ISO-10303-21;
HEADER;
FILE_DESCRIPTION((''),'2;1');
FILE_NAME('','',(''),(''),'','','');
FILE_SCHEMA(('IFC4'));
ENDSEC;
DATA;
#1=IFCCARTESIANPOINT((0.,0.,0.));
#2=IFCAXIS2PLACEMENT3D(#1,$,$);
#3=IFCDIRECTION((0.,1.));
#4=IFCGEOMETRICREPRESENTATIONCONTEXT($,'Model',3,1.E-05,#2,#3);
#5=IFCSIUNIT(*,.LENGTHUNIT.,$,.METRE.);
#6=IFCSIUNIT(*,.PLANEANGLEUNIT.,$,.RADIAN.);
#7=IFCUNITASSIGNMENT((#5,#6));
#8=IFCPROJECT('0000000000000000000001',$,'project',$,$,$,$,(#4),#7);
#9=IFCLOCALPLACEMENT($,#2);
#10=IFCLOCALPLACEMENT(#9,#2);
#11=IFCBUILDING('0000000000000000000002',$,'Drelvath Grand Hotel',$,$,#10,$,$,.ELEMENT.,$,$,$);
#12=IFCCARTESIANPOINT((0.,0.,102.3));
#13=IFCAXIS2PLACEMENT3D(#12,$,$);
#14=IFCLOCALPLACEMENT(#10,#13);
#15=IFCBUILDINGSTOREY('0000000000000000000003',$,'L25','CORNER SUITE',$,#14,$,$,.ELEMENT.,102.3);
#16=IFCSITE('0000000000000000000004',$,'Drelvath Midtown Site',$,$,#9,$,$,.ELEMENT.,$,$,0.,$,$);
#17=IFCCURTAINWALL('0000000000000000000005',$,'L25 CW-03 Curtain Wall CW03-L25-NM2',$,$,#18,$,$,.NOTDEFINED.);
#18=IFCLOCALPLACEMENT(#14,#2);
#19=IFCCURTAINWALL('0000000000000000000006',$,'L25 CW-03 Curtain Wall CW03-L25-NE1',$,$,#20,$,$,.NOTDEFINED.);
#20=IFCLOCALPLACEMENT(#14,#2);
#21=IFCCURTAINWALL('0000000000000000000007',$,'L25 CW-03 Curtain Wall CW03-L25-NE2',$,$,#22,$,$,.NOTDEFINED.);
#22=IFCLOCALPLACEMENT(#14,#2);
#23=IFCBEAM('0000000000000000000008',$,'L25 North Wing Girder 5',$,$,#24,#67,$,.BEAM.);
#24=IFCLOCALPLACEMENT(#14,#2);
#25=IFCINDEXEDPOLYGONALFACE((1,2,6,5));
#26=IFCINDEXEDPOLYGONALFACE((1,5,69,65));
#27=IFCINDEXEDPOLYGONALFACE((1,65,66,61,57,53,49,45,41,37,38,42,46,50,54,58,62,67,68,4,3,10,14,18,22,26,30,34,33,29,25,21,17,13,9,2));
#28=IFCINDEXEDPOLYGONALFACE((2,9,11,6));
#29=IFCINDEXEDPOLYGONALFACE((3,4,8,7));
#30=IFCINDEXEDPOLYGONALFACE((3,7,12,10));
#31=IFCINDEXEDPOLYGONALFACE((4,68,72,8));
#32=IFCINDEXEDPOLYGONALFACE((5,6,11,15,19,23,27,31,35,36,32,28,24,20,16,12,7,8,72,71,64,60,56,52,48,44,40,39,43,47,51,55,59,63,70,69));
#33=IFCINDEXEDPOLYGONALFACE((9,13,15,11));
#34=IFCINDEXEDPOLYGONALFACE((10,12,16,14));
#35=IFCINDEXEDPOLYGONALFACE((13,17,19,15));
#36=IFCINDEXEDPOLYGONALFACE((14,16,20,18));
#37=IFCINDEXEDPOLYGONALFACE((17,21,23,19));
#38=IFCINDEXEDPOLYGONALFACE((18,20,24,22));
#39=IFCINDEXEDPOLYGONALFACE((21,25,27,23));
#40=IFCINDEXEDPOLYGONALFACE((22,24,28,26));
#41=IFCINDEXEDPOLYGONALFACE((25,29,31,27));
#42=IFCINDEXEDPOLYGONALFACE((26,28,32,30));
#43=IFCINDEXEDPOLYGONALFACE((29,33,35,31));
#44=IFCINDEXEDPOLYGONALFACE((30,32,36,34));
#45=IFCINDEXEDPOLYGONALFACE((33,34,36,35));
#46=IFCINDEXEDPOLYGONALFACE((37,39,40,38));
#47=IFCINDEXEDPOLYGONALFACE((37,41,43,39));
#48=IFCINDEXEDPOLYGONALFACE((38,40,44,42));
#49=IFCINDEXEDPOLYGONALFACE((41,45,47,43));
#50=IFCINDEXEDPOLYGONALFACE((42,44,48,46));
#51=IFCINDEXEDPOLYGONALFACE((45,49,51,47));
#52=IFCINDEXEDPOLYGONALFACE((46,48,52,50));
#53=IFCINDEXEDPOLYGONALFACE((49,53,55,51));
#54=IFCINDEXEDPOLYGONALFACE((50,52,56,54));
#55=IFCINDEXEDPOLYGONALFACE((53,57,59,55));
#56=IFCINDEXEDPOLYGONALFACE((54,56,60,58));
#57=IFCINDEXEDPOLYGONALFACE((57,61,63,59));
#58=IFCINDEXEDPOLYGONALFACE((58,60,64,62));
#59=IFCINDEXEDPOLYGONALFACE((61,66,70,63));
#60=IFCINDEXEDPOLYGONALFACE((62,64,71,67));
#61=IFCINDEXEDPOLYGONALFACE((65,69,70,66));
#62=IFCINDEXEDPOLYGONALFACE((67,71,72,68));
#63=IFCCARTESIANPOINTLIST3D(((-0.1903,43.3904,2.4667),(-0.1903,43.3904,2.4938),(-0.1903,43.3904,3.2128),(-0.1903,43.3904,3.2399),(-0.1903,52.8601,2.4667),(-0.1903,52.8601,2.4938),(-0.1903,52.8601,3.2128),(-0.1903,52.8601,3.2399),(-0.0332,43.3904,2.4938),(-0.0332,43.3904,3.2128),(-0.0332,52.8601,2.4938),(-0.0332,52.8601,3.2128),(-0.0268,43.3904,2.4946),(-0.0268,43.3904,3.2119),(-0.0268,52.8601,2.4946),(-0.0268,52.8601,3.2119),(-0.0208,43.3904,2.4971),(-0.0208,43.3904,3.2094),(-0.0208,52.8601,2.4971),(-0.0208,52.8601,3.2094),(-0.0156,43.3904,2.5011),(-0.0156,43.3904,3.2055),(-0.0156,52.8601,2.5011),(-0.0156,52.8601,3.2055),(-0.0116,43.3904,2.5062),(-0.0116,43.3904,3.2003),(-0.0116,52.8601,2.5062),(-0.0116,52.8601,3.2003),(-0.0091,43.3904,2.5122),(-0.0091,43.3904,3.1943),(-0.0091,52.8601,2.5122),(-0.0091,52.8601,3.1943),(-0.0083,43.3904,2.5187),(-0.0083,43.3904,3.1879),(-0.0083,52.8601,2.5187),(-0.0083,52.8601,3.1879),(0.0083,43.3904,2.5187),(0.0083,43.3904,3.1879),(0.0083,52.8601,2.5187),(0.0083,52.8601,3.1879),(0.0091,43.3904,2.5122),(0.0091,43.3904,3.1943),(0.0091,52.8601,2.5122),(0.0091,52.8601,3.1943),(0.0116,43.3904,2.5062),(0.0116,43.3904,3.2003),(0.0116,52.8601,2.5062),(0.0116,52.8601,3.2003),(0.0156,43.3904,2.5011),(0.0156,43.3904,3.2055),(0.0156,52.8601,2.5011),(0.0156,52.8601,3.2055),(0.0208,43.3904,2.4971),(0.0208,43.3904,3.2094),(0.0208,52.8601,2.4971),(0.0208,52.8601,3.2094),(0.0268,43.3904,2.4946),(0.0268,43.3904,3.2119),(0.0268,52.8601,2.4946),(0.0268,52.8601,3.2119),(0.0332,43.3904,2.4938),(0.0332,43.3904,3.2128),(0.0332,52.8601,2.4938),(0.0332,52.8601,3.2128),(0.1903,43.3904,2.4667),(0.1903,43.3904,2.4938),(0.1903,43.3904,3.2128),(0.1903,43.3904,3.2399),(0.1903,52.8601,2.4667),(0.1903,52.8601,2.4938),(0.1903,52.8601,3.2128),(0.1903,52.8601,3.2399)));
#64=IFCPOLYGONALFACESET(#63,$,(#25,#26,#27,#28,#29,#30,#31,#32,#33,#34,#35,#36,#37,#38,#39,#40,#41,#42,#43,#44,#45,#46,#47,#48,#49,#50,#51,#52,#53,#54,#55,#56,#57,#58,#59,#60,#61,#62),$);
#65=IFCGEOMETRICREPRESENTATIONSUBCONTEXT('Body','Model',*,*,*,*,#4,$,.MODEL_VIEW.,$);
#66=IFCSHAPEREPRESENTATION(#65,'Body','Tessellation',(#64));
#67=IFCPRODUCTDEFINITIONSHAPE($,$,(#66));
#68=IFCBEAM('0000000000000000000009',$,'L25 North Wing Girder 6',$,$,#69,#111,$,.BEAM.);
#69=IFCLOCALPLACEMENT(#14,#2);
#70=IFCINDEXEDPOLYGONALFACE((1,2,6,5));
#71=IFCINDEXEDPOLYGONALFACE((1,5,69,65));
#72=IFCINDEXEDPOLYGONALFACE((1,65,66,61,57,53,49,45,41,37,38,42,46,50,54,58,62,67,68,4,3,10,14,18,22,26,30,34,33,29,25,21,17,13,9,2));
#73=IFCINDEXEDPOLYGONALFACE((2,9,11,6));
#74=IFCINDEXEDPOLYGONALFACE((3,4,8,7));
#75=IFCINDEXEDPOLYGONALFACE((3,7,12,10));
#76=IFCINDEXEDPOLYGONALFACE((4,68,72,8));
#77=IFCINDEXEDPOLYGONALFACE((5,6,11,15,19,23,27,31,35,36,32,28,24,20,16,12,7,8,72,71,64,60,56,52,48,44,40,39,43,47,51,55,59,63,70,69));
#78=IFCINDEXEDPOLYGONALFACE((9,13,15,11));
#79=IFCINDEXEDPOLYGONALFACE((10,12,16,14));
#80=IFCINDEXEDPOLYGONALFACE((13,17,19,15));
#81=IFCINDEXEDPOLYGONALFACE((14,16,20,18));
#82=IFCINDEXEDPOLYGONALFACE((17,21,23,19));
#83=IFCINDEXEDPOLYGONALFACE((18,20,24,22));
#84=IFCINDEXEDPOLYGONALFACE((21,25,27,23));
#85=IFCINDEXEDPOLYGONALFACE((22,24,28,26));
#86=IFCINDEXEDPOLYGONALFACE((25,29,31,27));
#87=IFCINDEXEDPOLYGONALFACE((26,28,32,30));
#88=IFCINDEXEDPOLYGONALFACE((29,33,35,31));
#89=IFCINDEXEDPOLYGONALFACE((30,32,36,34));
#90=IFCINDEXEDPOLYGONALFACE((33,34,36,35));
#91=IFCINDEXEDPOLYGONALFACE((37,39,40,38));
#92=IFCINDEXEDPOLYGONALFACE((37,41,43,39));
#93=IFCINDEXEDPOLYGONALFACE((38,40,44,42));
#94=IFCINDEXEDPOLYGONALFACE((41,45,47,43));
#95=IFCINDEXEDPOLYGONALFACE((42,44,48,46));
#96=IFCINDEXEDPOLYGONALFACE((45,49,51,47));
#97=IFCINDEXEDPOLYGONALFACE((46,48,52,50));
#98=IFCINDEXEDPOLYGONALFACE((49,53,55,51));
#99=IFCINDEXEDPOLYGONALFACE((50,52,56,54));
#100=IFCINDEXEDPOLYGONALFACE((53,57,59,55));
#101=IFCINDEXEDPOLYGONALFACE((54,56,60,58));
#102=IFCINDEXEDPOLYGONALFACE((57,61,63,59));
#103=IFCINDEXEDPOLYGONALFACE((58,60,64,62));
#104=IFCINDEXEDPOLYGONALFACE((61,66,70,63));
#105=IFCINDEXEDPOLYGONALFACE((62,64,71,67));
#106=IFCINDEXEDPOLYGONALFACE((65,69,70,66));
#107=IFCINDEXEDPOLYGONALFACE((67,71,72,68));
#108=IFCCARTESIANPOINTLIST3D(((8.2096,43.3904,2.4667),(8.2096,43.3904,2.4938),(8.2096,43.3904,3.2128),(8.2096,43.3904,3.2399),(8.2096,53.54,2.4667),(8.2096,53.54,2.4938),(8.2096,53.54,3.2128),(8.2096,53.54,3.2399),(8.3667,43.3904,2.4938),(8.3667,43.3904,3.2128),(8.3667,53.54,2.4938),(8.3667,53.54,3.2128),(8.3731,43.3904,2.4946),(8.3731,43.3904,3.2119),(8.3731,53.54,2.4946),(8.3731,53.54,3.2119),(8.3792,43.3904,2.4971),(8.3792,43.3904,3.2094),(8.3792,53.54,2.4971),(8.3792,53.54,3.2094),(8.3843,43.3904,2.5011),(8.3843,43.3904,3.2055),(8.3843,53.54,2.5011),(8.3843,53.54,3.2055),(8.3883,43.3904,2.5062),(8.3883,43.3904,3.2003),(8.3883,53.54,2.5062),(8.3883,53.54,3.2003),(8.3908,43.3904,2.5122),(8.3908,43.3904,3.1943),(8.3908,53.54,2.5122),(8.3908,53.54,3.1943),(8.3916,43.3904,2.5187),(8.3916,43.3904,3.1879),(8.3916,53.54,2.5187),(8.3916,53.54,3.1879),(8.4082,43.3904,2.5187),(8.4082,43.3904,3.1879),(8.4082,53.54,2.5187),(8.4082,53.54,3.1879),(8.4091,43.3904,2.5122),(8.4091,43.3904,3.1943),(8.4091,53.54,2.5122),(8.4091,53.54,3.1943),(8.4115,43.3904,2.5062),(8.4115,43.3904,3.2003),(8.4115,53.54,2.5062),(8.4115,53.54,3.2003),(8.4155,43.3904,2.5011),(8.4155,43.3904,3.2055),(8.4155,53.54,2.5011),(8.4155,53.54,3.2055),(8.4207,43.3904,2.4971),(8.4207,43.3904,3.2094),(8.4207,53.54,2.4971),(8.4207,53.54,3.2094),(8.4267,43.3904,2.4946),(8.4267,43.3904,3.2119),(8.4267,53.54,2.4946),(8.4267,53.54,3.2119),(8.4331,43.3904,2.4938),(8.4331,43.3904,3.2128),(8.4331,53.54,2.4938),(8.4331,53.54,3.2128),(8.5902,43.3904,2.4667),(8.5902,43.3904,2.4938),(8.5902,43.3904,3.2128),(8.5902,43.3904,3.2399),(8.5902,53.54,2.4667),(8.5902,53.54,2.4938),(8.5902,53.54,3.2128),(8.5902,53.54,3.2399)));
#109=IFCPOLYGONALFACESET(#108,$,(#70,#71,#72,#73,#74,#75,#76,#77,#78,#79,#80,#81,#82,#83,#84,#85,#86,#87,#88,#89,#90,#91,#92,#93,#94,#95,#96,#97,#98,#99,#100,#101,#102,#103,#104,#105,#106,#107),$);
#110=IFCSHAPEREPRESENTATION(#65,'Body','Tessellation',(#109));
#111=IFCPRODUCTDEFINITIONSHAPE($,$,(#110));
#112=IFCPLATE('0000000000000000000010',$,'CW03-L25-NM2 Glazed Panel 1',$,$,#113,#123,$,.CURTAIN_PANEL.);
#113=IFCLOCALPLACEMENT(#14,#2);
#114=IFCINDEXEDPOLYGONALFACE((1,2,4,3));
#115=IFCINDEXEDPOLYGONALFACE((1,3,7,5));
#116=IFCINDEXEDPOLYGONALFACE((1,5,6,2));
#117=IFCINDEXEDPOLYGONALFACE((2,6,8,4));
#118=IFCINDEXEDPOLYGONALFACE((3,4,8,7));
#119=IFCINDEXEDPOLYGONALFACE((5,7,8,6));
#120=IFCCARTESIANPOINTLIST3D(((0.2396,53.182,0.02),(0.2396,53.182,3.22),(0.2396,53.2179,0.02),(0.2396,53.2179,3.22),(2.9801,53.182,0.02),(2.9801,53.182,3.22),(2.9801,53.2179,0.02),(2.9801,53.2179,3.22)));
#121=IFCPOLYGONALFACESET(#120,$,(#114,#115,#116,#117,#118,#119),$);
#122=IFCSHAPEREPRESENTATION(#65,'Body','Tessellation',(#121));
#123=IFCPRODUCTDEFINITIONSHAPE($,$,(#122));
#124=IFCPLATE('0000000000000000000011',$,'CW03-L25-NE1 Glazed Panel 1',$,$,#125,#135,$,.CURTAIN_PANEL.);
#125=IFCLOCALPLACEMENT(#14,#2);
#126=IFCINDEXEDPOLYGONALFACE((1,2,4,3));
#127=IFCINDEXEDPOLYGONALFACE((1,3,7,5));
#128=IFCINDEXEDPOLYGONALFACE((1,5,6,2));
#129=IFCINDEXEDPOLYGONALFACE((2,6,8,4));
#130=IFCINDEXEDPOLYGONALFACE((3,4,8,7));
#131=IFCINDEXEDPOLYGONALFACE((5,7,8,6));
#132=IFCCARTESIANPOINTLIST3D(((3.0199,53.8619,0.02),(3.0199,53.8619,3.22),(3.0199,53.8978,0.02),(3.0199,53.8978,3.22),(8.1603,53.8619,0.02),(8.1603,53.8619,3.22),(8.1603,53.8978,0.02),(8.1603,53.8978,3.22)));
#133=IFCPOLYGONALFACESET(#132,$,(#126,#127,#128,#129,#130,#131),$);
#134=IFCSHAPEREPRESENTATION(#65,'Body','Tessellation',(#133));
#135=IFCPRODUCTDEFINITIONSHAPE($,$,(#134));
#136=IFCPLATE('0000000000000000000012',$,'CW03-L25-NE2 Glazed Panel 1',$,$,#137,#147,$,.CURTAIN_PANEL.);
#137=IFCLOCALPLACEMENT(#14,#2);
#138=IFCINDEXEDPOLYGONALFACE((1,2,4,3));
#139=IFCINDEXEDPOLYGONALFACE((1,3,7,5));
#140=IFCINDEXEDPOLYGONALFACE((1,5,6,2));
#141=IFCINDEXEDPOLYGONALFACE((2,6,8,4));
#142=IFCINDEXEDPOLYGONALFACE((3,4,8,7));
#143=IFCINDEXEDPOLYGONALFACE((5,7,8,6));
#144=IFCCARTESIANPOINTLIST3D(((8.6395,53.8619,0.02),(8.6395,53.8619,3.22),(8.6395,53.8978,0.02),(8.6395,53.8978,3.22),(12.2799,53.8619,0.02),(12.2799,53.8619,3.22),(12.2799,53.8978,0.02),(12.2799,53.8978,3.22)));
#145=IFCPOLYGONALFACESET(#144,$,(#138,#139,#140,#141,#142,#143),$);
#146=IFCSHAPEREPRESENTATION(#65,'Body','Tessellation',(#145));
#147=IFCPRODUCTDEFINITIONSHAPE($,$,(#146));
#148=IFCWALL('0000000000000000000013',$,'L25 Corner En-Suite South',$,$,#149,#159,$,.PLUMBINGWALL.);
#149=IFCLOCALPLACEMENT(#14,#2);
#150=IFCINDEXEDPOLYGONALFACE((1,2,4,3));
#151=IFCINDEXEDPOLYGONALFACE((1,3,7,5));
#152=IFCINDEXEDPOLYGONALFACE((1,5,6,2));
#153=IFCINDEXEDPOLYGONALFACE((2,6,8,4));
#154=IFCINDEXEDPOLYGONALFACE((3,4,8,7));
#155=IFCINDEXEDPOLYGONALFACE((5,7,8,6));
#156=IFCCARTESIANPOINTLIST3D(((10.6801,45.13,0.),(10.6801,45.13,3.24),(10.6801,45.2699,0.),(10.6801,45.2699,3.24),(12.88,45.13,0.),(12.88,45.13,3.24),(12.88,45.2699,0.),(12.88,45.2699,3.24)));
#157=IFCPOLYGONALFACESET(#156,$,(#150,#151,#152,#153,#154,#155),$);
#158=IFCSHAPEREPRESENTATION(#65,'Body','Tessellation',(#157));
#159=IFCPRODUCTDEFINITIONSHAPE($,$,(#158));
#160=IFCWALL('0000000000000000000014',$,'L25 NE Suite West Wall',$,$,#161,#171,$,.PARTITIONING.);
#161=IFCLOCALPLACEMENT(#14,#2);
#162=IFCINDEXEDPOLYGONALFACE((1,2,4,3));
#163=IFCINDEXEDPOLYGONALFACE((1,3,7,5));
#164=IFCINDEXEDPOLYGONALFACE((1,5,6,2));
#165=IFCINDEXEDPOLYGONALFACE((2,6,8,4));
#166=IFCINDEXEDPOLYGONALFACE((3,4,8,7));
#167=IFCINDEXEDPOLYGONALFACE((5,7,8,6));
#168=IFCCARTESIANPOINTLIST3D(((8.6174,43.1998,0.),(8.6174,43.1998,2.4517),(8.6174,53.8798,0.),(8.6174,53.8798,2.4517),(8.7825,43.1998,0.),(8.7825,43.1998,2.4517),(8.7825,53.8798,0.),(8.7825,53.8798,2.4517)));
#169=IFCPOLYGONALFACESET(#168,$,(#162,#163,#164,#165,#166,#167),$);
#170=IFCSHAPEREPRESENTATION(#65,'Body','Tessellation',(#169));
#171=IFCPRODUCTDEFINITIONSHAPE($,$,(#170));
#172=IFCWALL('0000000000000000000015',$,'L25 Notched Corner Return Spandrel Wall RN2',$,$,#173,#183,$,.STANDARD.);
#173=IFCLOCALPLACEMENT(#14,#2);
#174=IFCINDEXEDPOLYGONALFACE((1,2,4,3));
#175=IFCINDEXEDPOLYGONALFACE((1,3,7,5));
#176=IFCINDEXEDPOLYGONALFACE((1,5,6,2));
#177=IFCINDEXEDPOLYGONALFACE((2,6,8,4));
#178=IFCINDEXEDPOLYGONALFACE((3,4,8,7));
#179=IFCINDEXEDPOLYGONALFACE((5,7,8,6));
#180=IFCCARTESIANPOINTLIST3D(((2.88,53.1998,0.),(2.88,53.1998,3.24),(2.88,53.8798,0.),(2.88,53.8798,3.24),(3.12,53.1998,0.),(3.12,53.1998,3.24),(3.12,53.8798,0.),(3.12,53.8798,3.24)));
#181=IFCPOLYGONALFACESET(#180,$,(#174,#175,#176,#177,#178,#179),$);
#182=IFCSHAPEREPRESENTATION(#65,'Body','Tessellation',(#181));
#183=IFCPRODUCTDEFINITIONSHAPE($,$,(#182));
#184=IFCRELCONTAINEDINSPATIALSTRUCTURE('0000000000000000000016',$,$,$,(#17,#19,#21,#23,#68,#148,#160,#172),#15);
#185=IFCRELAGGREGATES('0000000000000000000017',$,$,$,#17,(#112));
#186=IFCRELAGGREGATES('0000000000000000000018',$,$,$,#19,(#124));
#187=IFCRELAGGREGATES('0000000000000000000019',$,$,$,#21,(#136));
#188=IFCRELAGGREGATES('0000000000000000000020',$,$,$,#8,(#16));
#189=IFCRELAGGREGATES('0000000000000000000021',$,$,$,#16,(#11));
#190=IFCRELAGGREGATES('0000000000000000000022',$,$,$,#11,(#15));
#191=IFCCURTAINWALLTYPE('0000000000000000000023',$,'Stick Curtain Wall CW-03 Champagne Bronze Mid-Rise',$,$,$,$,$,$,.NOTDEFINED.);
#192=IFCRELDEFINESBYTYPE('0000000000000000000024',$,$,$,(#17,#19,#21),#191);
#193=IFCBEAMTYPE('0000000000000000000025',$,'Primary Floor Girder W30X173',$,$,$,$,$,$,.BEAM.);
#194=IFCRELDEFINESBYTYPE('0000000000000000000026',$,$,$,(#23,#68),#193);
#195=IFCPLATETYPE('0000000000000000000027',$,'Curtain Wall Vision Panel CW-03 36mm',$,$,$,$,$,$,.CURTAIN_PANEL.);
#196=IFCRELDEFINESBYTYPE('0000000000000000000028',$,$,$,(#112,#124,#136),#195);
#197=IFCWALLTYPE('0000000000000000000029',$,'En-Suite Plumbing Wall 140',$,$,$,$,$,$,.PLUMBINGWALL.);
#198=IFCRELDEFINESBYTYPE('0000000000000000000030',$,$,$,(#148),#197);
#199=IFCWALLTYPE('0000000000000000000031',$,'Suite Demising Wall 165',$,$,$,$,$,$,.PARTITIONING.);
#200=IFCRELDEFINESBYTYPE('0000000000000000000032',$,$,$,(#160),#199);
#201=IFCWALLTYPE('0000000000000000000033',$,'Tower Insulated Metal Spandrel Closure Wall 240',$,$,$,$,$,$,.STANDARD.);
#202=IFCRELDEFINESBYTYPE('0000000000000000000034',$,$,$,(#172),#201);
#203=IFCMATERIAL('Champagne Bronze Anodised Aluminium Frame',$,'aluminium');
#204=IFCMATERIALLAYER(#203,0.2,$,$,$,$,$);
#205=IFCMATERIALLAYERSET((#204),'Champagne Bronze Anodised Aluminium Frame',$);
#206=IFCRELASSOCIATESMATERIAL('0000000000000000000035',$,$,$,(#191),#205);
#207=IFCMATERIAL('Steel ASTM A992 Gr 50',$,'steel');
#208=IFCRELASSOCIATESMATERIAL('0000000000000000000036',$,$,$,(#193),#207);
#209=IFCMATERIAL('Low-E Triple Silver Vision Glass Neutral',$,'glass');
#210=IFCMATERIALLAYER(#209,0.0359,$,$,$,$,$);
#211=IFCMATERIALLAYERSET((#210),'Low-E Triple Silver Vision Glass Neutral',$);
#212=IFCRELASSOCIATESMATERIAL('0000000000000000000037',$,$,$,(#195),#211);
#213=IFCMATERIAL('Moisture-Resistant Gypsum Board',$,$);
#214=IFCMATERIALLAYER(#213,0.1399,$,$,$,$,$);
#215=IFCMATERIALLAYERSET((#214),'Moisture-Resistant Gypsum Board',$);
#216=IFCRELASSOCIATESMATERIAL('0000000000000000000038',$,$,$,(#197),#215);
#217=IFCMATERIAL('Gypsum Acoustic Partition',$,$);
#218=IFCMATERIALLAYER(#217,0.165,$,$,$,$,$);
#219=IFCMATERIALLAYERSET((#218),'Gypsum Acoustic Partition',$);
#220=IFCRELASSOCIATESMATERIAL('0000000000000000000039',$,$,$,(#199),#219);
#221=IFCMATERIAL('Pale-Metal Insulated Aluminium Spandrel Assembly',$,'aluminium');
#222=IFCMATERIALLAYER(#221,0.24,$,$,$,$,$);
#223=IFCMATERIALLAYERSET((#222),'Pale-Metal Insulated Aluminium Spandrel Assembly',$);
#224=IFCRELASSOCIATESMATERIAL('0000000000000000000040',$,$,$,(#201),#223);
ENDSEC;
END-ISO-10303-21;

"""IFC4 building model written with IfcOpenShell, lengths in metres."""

from ifc_helpers import new_model, si_unit, direction, frame, frame_2d, origin, origin_2d, place, context, subcontext, project, spatial, rectangle, i_section, extrude, material, layer, layer_set, material_profile, profile_set, type_object, element, aggregate, save


model = new_model("IFC4")

# Units and contexts
model_context = context("Model", 3, precision=1e-05, world=origin(), true_north=direction((0.0, 1.0)))
body_context = subcontext(model_context, "Body", "Model", "MODEL_VIEW")
ifc_project = project(units=[si_unit("LENGTHUNIT", "METRE"), si_unit("PLANEANGLEUNIT", "RADIAN")], contexts=[model_context])

# Site, building, storey
site_placement = place(None, origin())
site = spatial("IfcSite", under=ifc_project, at=site_placement, Name="Drelvath Midtown Site", CompositionType="ELEMENT", RefElevation=0.0)
building_placement = place(site_placement, origin())
building = spatial("IfcBuilding", under=site, at=building_placement, Name="Drelvath Grand Hotel", CompositionType="ELEMENT")
storey_placement = place(building_placement, frame((0.0, 0.0, 102.3)))
storey = spatial("IfcBuildingStorey", under=building, at=storey_placement, Name="L25", Description="CORNER SUITE", CompositionType="ELEMENT", Elevation=102.3)

# Curtain walls
ifc_material_1 = material(Name="Champagne Bronze Anodised Aluminium Frame", Category="aluminium")
ifc_layer_1 = layer(ifc_material_1, 0.2)
ifc_layer_set_1 = layer_set([ifc_layer_1], Name="Champagne Bronze Anodised Aluminium Frame")
curtain_wall_type = type_object("IfcCurtainWallType", Name="Stick Curtain Wall CW-03 Champagne Bronze Mid-Rise", PredefinedType="NOTDEFINED", material=ifc_layer_set_1)
curtain_wall_1_placement = place(storey_placement, origin())
curtain_wall_1 = element("IfcCurtainWall", 1, at=curtain_wall_1_placement, inside=storey, type_object=curtain_wall_type, Name="L25 CW-03 Curtain Wall CW03-L25-NM2", PredefinedType="NOTDEFINED")
curtain_wall_2_placement = place(storey_placement, origin())
curtain_wall_2 = element("IfcCurtainWall", 2, at=curtain_wall_2_placement, inside=storey, type_object=curtain_wall_type, Name="L25 CW-03 Curtain Wall CW03-L25-NE1", PredefinedType="NOTDEFINED")
curtain_wall_3_placement = place(storey_placement, origin())
curtain_wall_3 = element("IfcCurtainWall", 3, at=curtain_wall_3_placement, inside=storey, type_object=curtain_wall_type, Name="L25 CW-03 Curtain Wall CW03-L25-NE2", PredefinedType="NOTDEFINED")

# Beams
ifc_material_2 = material(Name="Steel ASTM A992 Gr 50", Category="steel")
ifc_material_profile_1 = material_profile(ifc_material_2, i_section(OverallWidth=0.3806, OverallDepth=0.7732, WebThickness=0.0166, FlangeThickness=0.0271, FilletRadius=0.0249, at=origin_2d()), Name="W30X173")
ifc_profile_set_1 = profile_set([ifc_material_profile_1], Name="Steel ASTM A992 Gr 50")
beam_type_1 = type_object("IfcBeamType", Name="Primary Floor Girder W30X173", PredefinedType="BEAM", material=ifc_profile_set_1)
beam_1_placement = place(storey_placement, frame((0.0, 43.3904, 2.8533), z_axis=(0.0, 1.0, 0.0), x_axis=(-1.0, 0.0, 0.0)))
element("IfcBeam", 4, at=beam_1_placement, inside=storey, type_object=beam_type_1, Name="L25 North Wing Girder 5", PredefinedType="BEAM", context=body_context, shape_type="SweptSolid", body=[
    extrude(i_section(OverallWidth=0.3806, OverallDepth=0.7732, WebThickness=0.0166, FlangeThickness=0.0271, FilletRadius=0.0249, at=origin_2d()), origin(), (0.0, 0.0, 1.0), 9.4697),
])
beam_2_placement = place(storey_placement, frame((8.3999, 43.3904, 2.8533), z_axis=(0.0, 1.0, 0.0), x_axis=(-1.0, 0.0, 0.0)))
element("IfcBeam", 5, at=beam_2_placement, inside=storey, type_object=beam_type_1, Name="L25 North Wing Girder 6", PredefinedType="BEAM", context=body_context, shape_type="SweptSolid", body=[
    extrude(i_section(OverallWidth=0.3806, OverallDepth=0.7732, WebThickness=0.0166, FlangeThickness=0.0271, FilletRadius=0.0249, at=origin_2d()), origin(), (0.0, 0.0, 1.0), 10.1497),
])

# Plates
ifc_material_3 = material(Name="Low-E Triple Silver Vision Glass Neutral", Category="glass")
ifc_layer_2 = layer(ifc_material_3, 0.0359)
ifc_layer_set_2 = layer_set([ifc_layer_2], Name="Low-E Triple Silver Vision Glass Neutral")
plate_type = type_object("IfcPlateType", Name="Curtain Wall Vision Panel CW-03 36mm", PredefinedType="CURTAIN_PANEL", material=ifc_layer_set_2)
plate_1_placement = place(storey_placement, frame((1.6099, 53.2, 0.02), z_axis=(0.0, 0.0, 1.0), x_axis=(1.0, 0.0, 0.0)))
plate_1 = element("IfcPlate", 6, at=plate_1_placement, type_object=plate_type, Name="CW03-L25-NM2 Glazed Panel 1", PredefinedType="CURTAIN_PANEL", context=body_context, shape_type="SweptSolid", body=[
    extrude(rectangle(XDim=2.7405, YDim=0.0359, at=origin_2d()), origin(), (0.0, 0.0, 1.0), 3.2),
])
aggregate(curtain_wall_1, [plate_1])
plate_2_placement = place(storey_placement, frame((5.5901, 53.8799, 0.02), z_axis=(0.0, 0.0, 1.0), x_axis=(1.0, 0.0, 0.0)))
plate_2 = element("IfcPlate", 7, at=plate_2_placement, type_object=plate_type, Name="CW03-L25-NE1 Glazed Panel 1", PredefinedType="CURTAIN_PANEL", context=body_context, shape_type="SweptSolid", body=[
    extrude(rectangle(XDim=5.1404, YDim=0.0359, at=origin_2d()), origin(), (0.0, 0.0, 1.0), 3.2),
])
aggregate(curtain_wall_2, [plate_2])
plate_3_placement = place(storey_placement, frame((10.4597, 53.8799, 0.02), z_axis=(0.0, 0.0, 1.0), x_axis=(1.0, 0.0, 0.0)))
plate_3 = element("IfcPlate", 8, at=plate_3_placement, type_object=plate_type, Name="CW03-L25-NE2 Glazed Panel 1", PredefinedType="CURTAIN_PANEL", context=body_context, shape_type="SweptSolid", body=[
    extrude(rectangle(XDim=3.6404, YDim=0.0359, at=origin_2d()), origin(), (0.0, 0.0, 1.0), 3.2),
])
aggregate(curtain_wall_3, [plate_3])

# Walls
ifc_material_4 = material(Name="Moisture-Resistant Gypsum Board")
ifc_layer_3 = layer(ifc_material_4, 0.1399)
ifc_layer_set_3 = layer_set([ifc_layer_3], Name="Moisture-Resistant Gypsum Board")
wall_type_1 = type_object("IfcWallType", Name="En-Suite Plumbing Wall 140", PredefinedType="PLUMBINGWALL", material=ifc_layer_set_3)
wall_1_placement = place(storey_placement, frame((10.6799, 45.2, 0.0), z_axis=(0.0, 0.0, 1.0), x_axis=(1.0, 0.0, 0.0)))
element("IfcWall", 9, at=wall_1_placement, inside=storey, type_object=wall_type_1, Name="L25 Corner En-Suite South", PredefinedType="PLUMBINGWALL", context=body_context, shape_type="SweptSolid", body=[
    extrude(rectangle(XDim=2.2, YDim=0.1399, at=frame_2d((1.1001, 0.0))), origin(), (0.0, 0.0, 1.0), 3.24),
])
ifc_material_5 = material(Name="Gypsum Acoustic Partition")
ifc_layer_4 = layer(ifc_material_5, 0.165)
ifc_layer_set_4 = layer_set([ifc_layer_4], Name="Gypsum Acoustic Partition")
wall_type_2 = type_object("IfcWallType", Name="Suite Demising Wall 165", PredefinedType="PARTITIONING", material=ifc_layer_set_4)
wall_2_placement = place(storey_placement, frame((8.7, 43.2, 0.0), z_axis=(0.0, 0.0, 1.0), x_axis=(0.0, 1.0, 0.0)))
element("IfcWall", 10, at=wall_2_placement, inside=storey, type_object=wall_type_2, Name="L25 NE Suite West Wall", PredefinedType="PARTITIONING", context=body_context, shape_type="SweptSolid", body=[
    extrude(rectangle(XDim=10.6799, YDim=0.165, at=frame_2d((5.3398, 0.0))), origin(), (0.0, 0.0, 1.0), 2.4517),
])
ifc_material_6 = material(Name="Pale-Metal Insulated Aluminium Spandrel Assembly", Category="aluminium")
ifc_layer_5 = layer(ifc_material_6, 0.24)
ifc_layer_set_5 = layer_set([ifc_layer_5], Name="Pale-Metal Insulated Aluminium Spandrel Assembly")
wall_type_3 = type_object("IfcWallType", Name="Tower Insulated Metal Spandrel Closure Wall 240", PredefinedType="STANDARD", material=ifc_layer_set_5)
wall_3_placement = place(storey_placement, frame((3.0, 53.2, 0.0), z_axis=(0.0, 0.0, 1.0), x_axis=(0.0, 1.0, 0.0)))
element("IfcWall", 11, at=wall_3_placement, inside=storey, type_object=wall_type_3, Name="L25 Notched Corner Return Spandrel Wall RN2", PredefinedType="STANDARD", context=body_context, shape_type="SweptSolid", body=[
    extrude(rectangle(XDim=0.6799, YDim=0.24, at=frame_2d((0.3398, 0.0))), origin(), (0.0, 0.0, 1.0), 3.24),
])

save(model, "model.ifc")
